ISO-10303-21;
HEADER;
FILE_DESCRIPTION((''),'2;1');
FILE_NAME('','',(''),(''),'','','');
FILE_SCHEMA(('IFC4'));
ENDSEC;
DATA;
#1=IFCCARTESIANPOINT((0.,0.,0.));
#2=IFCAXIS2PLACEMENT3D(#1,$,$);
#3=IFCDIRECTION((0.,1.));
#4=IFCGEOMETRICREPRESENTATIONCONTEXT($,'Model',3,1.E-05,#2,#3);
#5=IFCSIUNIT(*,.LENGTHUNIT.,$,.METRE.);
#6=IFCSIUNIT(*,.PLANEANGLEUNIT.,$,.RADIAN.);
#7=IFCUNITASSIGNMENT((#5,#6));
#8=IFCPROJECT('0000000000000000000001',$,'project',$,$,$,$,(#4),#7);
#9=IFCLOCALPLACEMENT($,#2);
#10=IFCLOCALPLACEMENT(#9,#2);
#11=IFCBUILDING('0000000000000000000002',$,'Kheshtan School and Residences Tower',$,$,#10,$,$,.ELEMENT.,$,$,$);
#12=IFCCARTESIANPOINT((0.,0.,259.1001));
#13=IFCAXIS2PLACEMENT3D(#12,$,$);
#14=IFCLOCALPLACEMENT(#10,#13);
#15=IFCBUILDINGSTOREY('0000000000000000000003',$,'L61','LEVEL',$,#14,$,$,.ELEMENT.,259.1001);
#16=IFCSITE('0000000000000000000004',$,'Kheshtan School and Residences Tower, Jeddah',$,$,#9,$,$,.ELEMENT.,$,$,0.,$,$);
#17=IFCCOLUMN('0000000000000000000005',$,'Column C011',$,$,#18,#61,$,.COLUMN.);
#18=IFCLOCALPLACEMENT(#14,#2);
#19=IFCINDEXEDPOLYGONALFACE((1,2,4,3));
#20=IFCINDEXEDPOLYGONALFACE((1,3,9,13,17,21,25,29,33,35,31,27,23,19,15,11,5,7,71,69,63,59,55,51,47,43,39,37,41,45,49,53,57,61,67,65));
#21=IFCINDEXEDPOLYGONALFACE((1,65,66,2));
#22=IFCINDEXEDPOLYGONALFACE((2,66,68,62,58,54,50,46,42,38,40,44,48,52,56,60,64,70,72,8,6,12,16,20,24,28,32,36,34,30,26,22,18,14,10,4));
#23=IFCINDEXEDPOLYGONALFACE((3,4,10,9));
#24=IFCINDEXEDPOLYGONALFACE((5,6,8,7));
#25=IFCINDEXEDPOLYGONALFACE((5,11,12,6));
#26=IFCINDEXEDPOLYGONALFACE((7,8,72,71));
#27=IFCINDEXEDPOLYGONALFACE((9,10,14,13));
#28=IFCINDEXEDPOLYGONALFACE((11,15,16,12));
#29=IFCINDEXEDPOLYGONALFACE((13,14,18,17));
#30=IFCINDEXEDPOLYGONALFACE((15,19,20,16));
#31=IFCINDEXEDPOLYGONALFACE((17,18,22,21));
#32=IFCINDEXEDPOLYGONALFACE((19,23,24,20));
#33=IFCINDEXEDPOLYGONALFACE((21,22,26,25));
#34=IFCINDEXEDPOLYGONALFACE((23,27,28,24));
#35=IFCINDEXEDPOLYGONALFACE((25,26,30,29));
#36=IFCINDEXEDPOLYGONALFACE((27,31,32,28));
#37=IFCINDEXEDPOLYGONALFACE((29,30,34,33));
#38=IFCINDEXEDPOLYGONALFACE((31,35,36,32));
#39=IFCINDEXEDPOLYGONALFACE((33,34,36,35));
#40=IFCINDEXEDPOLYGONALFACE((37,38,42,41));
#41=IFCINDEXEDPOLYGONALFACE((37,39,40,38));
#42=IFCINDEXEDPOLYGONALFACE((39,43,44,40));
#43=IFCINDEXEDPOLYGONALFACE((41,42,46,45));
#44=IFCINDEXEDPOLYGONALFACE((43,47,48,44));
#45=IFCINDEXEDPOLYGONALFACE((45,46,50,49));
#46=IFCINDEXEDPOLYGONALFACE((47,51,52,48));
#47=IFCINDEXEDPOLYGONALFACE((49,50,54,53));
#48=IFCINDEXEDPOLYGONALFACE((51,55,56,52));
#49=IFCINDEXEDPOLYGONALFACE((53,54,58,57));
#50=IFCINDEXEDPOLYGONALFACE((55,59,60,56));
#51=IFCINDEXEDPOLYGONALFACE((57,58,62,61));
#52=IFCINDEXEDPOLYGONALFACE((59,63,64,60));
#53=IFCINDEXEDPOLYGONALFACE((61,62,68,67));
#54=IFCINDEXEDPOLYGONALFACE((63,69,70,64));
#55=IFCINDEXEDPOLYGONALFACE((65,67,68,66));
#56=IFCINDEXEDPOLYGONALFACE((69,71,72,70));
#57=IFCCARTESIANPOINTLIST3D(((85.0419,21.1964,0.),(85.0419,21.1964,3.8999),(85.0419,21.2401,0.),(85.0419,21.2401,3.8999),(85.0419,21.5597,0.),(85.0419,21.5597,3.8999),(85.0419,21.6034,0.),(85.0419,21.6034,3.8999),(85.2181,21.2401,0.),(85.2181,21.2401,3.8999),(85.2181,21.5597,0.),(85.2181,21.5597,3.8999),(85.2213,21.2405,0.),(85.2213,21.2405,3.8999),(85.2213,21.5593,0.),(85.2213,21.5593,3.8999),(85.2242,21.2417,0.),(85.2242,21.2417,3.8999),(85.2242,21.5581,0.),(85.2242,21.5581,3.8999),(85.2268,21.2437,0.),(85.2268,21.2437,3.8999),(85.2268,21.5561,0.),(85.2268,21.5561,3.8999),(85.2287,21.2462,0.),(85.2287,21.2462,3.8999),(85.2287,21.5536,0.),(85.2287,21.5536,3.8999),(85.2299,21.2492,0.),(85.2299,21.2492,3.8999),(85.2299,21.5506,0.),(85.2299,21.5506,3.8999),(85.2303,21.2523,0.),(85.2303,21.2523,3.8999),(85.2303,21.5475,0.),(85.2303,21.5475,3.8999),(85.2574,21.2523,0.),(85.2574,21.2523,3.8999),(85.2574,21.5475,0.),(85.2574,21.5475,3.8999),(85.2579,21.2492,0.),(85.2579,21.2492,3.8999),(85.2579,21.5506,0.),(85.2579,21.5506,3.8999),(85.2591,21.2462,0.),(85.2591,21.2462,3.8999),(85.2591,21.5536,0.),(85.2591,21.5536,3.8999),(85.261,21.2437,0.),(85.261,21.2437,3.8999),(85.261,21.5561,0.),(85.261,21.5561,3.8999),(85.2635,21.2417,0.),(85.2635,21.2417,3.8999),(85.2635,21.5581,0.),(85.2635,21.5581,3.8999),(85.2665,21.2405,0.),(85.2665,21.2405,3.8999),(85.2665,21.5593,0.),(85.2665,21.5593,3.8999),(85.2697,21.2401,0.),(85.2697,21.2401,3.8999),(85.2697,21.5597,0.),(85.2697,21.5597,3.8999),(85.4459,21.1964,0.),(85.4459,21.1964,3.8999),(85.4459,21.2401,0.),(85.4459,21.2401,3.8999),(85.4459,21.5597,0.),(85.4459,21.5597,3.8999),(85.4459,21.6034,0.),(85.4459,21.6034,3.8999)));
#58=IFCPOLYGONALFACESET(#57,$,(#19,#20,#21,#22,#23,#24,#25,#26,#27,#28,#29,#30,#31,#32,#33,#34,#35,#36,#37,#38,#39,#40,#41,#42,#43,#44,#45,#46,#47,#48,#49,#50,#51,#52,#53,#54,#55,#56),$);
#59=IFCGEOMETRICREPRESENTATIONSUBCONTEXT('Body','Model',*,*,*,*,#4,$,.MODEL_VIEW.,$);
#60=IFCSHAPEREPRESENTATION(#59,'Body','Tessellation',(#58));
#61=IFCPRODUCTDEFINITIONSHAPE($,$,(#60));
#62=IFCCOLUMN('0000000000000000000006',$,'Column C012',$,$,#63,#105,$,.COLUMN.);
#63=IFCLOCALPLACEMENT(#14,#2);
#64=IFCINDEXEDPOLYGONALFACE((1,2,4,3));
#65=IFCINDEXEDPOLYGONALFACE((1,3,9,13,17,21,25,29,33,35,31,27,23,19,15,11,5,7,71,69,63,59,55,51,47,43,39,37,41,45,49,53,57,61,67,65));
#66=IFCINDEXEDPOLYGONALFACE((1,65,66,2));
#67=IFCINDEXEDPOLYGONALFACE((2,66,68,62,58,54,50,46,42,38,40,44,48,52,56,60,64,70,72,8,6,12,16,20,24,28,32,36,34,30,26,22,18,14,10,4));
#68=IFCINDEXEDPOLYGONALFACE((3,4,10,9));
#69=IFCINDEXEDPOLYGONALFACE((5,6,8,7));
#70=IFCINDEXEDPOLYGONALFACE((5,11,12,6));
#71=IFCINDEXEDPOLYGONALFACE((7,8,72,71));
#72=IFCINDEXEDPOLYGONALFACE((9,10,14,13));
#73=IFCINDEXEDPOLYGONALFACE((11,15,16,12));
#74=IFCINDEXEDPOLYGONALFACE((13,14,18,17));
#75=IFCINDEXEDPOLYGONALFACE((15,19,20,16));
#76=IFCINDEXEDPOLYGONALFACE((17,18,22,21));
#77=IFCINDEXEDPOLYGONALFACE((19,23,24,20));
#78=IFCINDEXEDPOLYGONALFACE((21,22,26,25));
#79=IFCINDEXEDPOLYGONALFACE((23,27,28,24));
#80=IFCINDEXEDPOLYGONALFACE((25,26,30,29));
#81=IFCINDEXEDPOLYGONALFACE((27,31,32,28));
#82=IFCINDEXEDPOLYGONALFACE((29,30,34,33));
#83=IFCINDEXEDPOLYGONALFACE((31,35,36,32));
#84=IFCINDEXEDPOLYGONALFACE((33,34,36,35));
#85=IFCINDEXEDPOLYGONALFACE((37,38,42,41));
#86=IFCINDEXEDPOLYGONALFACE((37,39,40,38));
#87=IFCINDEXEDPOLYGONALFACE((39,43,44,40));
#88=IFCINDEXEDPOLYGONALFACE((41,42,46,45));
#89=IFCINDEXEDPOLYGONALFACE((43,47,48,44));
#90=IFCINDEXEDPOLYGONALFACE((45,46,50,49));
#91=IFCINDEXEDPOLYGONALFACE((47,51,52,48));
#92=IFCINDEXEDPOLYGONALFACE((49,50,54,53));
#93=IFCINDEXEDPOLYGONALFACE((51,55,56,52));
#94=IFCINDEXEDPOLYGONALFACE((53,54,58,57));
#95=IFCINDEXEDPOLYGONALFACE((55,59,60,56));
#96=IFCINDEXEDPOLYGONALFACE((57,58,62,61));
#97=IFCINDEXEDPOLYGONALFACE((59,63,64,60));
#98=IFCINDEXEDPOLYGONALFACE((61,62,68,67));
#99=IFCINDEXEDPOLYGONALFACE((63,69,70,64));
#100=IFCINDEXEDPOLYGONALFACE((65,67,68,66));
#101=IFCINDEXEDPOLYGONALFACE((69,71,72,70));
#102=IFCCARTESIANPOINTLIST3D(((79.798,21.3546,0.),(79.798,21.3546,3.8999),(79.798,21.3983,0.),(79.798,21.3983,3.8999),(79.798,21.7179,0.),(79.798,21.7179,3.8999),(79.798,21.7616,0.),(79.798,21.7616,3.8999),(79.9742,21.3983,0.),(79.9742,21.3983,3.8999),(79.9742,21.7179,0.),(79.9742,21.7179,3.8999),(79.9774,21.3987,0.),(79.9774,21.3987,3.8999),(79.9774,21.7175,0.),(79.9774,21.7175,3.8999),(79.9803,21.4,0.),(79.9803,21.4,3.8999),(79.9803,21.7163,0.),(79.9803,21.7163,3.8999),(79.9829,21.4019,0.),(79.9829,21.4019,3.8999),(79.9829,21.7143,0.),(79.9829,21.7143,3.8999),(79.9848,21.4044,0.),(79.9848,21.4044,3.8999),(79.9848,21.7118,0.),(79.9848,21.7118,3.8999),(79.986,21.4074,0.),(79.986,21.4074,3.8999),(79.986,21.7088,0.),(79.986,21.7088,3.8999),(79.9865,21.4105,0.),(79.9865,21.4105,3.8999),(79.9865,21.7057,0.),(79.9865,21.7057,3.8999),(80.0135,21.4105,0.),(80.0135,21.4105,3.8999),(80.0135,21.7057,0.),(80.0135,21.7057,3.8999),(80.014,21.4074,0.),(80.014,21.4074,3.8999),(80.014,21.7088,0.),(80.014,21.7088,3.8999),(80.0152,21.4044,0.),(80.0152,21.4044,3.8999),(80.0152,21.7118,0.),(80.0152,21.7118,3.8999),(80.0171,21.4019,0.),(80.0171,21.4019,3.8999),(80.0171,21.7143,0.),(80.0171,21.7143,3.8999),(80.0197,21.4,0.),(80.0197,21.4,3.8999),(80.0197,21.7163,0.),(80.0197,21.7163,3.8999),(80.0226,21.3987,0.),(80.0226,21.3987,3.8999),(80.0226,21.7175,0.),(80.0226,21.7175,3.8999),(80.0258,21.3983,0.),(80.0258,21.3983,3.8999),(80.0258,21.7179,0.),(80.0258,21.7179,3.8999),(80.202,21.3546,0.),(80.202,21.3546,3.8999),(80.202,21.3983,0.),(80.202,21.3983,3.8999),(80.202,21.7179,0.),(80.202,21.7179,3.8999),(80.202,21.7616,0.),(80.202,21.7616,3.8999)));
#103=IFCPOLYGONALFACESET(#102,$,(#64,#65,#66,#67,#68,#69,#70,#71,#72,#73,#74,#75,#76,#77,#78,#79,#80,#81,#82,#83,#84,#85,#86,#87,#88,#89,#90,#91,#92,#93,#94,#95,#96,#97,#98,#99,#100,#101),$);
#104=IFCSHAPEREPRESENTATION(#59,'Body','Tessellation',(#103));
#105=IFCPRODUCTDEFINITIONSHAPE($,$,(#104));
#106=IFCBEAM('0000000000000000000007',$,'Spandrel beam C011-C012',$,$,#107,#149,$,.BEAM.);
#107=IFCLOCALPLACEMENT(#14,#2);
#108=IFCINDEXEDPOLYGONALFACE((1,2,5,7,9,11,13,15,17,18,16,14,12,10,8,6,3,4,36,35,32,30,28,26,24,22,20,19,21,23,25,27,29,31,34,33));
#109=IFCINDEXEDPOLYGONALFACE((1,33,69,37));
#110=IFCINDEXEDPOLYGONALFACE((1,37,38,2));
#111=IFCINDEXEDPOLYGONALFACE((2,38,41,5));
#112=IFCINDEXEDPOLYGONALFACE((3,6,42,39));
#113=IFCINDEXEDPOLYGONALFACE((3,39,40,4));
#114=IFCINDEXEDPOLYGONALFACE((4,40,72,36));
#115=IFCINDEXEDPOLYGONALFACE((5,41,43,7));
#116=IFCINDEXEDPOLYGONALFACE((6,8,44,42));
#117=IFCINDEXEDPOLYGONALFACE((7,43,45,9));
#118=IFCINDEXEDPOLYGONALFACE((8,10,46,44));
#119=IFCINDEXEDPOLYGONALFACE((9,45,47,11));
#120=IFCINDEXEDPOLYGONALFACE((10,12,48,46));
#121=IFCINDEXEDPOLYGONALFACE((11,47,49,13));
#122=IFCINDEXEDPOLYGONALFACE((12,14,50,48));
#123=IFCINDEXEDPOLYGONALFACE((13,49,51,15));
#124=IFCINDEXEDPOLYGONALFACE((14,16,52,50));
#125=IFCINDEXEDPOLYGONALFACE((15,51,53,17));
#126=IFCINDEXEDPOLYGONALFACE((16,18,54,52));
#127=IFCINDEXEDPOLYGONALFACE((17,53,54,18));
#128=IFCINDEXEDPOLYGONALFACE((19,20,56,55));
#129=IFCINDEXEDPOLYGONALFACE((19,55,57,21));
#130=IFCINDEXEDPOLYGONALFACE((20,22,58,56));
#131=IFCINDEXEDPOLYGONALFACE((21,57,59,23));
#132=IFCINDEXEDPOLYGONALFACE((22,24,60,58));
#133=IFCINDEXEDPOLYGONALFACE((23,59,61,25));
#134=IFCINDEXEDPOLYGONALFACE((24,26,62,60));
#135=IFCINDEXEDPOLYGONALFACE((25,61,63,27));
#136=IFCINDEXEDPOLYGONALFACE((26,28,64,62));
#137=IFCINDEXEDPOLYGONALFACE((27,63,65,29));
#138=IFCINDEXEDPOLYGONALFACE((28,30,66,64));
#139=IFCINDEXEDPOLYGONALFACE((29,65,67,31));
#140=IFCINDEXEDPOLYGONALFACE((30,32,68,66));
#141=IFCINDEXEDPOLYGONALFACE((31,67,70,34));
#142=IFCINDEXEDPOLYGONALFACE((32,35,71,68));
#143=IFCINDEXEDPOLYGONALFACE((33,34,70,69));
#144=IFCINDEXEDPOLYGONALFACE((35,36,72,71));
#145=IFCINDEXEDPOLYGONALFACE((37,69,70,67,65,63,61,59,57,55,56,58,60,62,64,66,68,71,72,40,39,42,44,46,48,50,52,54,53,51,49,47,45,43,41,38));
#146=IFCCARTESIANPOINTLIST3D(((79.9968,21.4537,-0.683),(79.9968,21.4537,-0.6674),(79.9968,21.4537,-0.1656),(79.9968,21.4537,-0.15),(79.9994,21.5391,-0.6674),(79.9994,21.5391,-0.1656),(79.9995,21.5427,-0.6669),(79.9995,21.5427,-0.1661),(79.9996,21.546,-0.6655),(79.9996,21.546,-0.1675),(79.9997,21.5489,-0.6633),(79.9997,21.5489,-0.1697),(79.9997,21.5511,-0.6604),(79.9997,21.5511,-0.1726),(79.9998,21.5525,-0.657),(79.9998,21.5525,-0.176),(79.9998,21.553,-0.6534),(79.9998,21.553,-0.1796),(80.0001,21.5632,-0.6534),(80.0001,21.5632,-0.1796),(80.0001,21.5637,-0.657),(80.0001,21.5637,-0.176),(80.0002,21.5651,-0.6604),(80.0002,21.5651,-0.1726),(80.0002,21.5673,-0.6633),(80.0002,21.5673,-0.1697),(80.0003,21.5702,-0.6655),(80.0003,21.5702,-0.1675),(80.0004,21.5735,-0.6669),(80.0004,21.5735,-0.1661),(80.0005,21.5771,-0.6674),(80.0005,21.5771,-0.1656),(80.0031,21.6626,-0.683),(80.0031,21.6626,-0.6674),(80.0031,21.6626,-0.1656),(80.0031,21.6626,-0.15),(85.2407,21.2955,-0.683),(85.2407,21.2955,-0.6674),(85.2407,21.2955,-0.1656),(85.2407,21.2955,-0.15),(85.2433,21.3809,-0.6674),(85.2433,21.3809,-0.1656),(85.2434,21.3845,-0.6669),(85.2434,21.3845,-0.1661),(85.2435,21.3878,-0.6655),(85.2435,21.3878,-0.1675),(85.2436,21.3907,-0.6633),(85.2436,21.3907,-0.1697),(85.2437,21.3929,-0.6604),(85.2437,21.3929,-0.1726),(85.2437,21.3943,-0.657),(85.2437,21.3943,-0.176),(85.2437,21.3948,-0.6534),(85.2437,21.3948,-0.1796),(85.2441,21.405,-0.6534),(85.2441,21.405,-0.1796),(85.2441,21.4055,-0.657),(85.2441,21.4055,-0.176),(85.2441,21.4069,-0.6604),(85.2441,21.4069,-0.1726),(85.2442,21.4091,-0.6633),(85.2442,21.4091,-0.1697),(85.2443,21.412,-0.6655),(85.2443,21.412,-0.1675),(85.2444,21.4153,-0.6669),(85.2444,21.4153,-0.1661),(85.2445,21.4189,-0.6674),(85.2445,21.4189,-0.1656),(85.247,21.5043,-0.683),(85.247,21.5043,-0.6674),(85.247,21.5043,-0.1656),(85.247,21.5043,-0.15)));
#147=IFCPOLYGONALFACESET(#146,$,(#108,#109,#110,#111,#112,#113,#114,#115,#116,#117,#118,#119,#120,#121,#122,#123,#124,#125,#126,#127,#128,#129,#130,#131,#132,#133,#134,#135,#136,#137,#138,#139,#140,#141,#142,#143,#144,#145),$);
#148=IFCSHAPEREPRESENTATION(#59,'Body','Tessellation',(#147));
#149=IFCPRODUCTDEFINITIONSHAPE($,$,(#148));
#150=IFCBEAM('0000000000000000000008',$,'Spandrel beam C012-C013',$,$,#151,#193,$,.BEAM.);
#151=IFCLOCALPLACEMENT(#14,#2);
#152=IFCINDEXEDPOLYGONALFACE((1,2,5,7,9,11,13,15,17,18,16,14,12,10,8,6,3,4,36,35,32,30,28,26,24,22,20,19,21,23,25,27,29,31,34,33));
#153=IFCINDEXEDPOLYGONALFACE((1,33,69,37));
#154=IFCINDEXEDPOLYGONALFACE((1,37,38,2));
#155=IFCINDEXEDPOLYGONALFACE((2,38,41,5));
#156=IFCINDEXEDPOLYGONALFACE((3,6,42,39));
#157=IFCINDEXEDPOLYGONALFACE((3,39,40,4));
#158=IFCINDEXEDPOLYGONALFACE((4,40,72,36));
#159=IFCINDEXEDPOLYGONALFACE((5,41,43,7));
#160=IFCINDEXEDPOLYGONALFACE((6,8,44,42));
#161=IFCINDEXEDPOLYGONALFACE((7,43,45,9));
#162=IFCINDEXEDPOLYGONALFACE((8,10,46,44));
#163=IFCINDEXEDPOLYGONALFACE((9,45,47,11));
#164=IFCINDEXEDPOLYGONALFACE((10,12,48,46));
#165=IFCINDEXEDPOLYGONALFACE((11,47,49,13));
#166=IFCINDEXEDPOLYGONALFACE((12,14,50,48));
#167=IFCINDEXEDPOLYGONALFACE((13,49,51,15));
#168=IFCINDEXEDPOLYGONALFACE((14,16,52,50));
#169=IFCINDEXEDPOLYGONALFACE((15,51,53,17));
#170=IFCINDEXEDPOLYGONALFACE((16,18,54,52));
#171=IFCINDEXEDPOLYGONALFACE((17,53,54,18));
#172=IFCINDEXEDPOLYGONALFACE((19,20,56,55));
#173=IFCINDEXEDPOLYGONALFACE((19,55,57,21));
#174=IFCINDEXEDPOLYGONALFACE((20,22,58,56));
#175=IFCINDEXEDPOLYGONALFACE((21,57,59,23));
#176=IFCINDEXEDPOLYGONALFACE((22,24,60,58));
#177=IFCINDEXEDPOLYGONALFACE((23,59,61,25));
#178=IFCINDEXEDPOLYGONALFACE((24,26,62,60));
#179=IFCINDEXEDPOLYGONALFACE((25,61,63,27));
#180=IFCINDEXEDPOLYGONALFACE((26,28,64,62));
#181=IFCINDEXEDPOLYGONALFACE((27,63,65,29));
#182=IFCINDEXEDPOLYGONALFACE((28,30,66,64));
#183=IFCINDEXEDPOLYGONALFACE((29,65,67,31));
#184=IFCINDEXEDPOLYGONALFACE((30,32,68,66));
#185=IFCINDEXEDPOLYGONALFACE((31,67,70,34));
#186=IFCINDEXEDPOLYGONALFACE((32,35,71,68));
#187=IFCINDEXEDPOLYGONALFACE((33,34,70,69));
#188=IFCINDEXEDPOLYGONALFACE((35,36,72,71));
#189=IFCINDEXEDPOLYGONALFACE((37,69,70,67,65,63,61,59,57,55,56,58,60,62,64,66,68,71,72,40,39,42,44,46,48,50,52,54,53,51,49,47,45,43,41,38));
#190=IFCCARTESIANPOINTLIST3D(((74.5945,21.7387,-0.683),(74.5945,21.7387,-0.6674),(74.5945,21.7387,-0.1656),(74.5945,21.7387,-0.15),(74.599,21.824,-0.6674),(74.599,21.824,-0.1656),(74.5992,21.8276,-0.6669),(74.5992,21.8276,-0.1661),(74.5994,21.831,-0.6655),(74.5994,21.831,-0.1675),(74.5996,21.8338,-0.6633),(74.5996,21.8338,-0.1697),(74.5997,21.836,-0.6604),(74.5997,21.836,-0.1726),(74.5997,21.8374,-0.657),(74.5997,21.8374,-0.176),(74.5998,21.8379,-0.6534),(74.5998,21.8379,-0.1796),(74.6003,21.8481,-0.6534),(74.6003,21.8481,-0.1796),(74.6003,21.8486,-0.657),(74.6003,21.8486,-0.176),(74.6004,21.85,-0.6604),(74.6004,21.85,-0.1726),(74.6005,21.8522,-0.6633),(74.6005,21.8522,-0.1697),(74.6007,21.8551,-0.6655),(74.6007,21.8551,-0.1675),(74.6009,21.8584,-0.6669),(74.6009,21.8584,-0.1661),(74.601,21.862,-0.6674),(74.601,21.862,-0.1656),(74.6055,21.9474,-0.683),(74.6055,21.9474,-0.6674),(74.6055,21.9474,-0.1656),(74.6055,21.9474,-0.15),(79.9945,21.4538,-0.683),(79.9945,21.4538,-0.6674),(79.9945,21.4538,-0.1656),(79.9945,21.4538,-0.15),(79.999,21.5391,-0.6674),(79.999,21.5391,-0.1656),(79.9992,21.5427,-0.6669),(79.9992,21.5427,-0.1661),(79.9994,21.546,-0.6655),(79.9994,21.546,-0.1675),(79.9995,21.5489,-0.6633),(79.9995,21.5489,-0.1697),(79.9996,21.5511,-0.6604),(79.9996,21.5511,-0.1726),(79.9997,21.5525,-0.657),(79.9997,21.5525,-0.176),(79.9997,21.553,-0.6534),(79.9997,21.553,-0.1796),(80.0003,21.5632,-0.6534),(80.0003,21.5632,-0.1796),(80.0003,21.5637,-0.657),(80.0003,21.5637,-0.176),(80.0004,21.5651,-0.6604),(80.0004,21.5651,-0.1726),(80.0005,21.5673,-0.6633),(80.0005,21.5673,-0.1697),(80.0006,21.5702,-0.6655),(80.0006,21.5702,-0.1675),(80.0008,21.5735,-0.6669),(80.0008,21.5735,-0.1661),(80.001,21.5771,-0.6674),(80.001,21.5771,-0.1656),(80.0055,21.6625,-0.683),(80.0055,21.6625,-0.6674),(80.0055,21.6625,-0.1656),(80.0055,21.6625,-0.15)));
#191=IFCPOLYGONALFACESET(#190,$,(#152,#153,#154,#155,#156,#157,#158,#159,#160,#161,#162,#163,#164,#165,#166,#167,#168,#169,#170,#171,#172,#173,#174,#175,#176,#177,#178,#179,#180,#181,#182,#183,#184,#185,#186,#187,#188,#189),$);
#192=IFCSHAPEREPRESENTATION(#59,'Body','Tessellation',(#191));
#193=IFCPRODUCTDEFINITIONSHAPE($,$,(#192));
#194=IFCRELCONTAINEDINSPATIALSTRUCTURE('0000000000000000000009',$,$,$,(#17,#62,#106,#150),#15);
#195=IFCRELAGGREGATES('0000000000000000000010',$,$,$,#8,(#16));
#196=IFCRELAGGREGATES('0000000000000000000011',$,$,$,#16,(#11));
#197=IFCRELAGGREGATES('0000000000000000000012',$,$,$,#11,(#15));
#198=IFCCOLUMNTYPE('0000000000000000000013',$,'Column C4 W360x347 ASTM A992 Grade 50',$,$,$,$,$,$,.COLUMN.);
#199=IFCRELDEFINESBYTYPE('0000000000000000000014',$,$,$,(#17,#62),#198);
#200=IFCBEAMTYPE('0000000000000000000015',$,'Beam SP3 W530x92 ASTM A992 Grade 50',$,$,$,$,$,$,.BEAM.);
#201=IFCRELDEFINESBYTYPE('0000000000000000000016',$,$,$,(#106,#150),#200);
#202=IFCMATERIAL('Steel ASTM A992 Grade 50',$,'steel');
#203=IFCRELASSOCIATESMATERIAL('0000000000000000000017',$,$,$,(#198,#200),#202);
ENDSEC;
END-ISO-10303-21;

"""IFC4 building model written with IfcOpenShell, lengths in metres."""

from ifc_helpers import new_model, si_unit, direction, frame, origin, origin_2d, place, context, subcontext, project, spatial, i_section, extrude, material, material_profile, profile_set, type_object, element, save


model = new_model("IFC4")

# Units and contexts
model_context = context("Model", 3, precision=1e-05, world=origin(), true_north=direction((0.0, 1.0)))
body_context = subcontext(model_context, "Body", "Model", "MODEL_VIEW")
ifc_project = project(units=[si_unit("LENGTHUNIT", "METRE"), si_unit("PLANEANGLEUNIT", "RADIAN")], contexts=[model_context])

# Site, building, storey
site_placement = place(None, origin())
site = spatial("IfcSite", under=ifc_project, at=site_placement, Name="Kheshtan School and Residences Tower, Jeddah", CompositionType="ELEMENT", RefElevation=0.0)
building_placement = place(site_placement, origin())
building = spatial("IfcBuilding", under=site, at=building_placement, Name="Kheshtan School and Residences Tower", CompositionType="ELEMENT")
storey_placement = place(building_placement, frame((0.0, 0.0, 259.1001)))
storey = spatial("IfcBuildingStorey", under=building, at=storey_placement, Name="L61", Description="LEVEL", CompositionType="ELEMENT", Elevation=259.1001)

# Columns
ifc_material_1 = material(Name="Steel ASTM A992 Grade 50", Category="steel")
ifc_material_profile_1 = material_profile(ifc_material_1, i_section(OverallWidth=0.4041, OverallDepth=0.407, WebThickness=0.0271, FlangeThickness=0.0437, FilletRadius=0.0122, at=origin_2d()), Name="W360x347")
ifc_profile_set_1 = profile_set([ifc_material_profile_1], Name="Steel ASTM A992 Grade 50")
column_type = type_object("IfcColumnType", Name="Column C4 W360x347 ASTM A992 Grade 50", PredefinedType="COLUMN", material=ifc_profile_set_1)
for number, where, z_axis, x_axis, name in (
    (1, (85.2439, 21.3999, 0.0), (0.0, 0.0, 1.0), (1.0, 0.0, 0.0), "Column C011"),
    (2, (80.0, 21.5581, 0.0), (0.0, 0.0, 1.0), (1.0, 0.0, 0.0), "Column C012"),
):
    element("IfcColumn", number, at=place(storey_placement, frame(where, z_axis=z_axis, x_axis=x_axis)), inside=storey, type_object=column_type, Name=name, PredefinedType="COLUMN", context=body_context, shape_type="SweptSolid", body=[
        extrude(i_section(OverallWidth=0.4041, OverallDepth=0.407, WebThickness=0.0271, FlangeThickness=0.0437, FilletRadius=0.0122, at=origin_2d()), origin(), (0.0, 0.0, 1.0), 3.8999),
    ])

# Beams
ifc_material_profile_2 = material_profile(ifc_material_1, i_section(OverallWidth=0.209, OverallDepth=0.533, WebThickness=0.0103, FlangeThickness=0.0156, FilletRadius=0.0139, at=origin_2d()), Name="W530x92")
ifc_profile_set_2 = profile_set([ifc_material_profile_2], Name="Steel ASTM A992 Grade 50")
beam_type = type_object("IfcBeamType", Name="Beam SP3 W530x92 ASTM A992 Grade 50", PredefinedType="BEAM", material=ifc_profile_set_2)
beam_1_placement = place(storey_placement, frame((85.2439, 21.3999, -0.4165), z_axis=(-0.999545, 0.030155, 0.0), x_axis=(-0.030155, -0.999545, 0.0)))
element("IfcBeam", 3, at=beam_1_placement, inside=storey, type_object=beam_type, Name="Spandrel beam C011-C012", PredefinedType="BEAM", context=body_context, shape_type="SweptSolid", body=[
    extrude(i_section(OverallWidth=0.209, OverallDepth=0.533, WebThickness=0.0103, FlangeThickness=0.0156, FilletRadius=0.0139, at=origin_2d()), origin(), (0.0, 0.0, 1.0), 5.2463),
])
beam_2_placement = place(storey_placement, frame((80.0, 21.5581, -0.4165), z_axis=(-0.998611, 0.052689, 0.0), x_axis=(-0.052689, -0.998611, 0.0)))
element("IfcBeam", 4, at=beam_2_placement, inside=storey, type_object=beam_type, Name="Spandrel beam C012-C013", PredefinedType="BEAM", context=body_context, shape_type="SweptSolid", body=[
    extrude(i_section(OverallWidth=0.209, OverallDepth=0.533, WebThickness=0.0103, FlangeThickness=0.0156, FilletRadius=0.0139, at=origin_2d()), origin(), (0.0, 0.0, 1.0), 5.4075),
])

save(model, "model.ifc")
